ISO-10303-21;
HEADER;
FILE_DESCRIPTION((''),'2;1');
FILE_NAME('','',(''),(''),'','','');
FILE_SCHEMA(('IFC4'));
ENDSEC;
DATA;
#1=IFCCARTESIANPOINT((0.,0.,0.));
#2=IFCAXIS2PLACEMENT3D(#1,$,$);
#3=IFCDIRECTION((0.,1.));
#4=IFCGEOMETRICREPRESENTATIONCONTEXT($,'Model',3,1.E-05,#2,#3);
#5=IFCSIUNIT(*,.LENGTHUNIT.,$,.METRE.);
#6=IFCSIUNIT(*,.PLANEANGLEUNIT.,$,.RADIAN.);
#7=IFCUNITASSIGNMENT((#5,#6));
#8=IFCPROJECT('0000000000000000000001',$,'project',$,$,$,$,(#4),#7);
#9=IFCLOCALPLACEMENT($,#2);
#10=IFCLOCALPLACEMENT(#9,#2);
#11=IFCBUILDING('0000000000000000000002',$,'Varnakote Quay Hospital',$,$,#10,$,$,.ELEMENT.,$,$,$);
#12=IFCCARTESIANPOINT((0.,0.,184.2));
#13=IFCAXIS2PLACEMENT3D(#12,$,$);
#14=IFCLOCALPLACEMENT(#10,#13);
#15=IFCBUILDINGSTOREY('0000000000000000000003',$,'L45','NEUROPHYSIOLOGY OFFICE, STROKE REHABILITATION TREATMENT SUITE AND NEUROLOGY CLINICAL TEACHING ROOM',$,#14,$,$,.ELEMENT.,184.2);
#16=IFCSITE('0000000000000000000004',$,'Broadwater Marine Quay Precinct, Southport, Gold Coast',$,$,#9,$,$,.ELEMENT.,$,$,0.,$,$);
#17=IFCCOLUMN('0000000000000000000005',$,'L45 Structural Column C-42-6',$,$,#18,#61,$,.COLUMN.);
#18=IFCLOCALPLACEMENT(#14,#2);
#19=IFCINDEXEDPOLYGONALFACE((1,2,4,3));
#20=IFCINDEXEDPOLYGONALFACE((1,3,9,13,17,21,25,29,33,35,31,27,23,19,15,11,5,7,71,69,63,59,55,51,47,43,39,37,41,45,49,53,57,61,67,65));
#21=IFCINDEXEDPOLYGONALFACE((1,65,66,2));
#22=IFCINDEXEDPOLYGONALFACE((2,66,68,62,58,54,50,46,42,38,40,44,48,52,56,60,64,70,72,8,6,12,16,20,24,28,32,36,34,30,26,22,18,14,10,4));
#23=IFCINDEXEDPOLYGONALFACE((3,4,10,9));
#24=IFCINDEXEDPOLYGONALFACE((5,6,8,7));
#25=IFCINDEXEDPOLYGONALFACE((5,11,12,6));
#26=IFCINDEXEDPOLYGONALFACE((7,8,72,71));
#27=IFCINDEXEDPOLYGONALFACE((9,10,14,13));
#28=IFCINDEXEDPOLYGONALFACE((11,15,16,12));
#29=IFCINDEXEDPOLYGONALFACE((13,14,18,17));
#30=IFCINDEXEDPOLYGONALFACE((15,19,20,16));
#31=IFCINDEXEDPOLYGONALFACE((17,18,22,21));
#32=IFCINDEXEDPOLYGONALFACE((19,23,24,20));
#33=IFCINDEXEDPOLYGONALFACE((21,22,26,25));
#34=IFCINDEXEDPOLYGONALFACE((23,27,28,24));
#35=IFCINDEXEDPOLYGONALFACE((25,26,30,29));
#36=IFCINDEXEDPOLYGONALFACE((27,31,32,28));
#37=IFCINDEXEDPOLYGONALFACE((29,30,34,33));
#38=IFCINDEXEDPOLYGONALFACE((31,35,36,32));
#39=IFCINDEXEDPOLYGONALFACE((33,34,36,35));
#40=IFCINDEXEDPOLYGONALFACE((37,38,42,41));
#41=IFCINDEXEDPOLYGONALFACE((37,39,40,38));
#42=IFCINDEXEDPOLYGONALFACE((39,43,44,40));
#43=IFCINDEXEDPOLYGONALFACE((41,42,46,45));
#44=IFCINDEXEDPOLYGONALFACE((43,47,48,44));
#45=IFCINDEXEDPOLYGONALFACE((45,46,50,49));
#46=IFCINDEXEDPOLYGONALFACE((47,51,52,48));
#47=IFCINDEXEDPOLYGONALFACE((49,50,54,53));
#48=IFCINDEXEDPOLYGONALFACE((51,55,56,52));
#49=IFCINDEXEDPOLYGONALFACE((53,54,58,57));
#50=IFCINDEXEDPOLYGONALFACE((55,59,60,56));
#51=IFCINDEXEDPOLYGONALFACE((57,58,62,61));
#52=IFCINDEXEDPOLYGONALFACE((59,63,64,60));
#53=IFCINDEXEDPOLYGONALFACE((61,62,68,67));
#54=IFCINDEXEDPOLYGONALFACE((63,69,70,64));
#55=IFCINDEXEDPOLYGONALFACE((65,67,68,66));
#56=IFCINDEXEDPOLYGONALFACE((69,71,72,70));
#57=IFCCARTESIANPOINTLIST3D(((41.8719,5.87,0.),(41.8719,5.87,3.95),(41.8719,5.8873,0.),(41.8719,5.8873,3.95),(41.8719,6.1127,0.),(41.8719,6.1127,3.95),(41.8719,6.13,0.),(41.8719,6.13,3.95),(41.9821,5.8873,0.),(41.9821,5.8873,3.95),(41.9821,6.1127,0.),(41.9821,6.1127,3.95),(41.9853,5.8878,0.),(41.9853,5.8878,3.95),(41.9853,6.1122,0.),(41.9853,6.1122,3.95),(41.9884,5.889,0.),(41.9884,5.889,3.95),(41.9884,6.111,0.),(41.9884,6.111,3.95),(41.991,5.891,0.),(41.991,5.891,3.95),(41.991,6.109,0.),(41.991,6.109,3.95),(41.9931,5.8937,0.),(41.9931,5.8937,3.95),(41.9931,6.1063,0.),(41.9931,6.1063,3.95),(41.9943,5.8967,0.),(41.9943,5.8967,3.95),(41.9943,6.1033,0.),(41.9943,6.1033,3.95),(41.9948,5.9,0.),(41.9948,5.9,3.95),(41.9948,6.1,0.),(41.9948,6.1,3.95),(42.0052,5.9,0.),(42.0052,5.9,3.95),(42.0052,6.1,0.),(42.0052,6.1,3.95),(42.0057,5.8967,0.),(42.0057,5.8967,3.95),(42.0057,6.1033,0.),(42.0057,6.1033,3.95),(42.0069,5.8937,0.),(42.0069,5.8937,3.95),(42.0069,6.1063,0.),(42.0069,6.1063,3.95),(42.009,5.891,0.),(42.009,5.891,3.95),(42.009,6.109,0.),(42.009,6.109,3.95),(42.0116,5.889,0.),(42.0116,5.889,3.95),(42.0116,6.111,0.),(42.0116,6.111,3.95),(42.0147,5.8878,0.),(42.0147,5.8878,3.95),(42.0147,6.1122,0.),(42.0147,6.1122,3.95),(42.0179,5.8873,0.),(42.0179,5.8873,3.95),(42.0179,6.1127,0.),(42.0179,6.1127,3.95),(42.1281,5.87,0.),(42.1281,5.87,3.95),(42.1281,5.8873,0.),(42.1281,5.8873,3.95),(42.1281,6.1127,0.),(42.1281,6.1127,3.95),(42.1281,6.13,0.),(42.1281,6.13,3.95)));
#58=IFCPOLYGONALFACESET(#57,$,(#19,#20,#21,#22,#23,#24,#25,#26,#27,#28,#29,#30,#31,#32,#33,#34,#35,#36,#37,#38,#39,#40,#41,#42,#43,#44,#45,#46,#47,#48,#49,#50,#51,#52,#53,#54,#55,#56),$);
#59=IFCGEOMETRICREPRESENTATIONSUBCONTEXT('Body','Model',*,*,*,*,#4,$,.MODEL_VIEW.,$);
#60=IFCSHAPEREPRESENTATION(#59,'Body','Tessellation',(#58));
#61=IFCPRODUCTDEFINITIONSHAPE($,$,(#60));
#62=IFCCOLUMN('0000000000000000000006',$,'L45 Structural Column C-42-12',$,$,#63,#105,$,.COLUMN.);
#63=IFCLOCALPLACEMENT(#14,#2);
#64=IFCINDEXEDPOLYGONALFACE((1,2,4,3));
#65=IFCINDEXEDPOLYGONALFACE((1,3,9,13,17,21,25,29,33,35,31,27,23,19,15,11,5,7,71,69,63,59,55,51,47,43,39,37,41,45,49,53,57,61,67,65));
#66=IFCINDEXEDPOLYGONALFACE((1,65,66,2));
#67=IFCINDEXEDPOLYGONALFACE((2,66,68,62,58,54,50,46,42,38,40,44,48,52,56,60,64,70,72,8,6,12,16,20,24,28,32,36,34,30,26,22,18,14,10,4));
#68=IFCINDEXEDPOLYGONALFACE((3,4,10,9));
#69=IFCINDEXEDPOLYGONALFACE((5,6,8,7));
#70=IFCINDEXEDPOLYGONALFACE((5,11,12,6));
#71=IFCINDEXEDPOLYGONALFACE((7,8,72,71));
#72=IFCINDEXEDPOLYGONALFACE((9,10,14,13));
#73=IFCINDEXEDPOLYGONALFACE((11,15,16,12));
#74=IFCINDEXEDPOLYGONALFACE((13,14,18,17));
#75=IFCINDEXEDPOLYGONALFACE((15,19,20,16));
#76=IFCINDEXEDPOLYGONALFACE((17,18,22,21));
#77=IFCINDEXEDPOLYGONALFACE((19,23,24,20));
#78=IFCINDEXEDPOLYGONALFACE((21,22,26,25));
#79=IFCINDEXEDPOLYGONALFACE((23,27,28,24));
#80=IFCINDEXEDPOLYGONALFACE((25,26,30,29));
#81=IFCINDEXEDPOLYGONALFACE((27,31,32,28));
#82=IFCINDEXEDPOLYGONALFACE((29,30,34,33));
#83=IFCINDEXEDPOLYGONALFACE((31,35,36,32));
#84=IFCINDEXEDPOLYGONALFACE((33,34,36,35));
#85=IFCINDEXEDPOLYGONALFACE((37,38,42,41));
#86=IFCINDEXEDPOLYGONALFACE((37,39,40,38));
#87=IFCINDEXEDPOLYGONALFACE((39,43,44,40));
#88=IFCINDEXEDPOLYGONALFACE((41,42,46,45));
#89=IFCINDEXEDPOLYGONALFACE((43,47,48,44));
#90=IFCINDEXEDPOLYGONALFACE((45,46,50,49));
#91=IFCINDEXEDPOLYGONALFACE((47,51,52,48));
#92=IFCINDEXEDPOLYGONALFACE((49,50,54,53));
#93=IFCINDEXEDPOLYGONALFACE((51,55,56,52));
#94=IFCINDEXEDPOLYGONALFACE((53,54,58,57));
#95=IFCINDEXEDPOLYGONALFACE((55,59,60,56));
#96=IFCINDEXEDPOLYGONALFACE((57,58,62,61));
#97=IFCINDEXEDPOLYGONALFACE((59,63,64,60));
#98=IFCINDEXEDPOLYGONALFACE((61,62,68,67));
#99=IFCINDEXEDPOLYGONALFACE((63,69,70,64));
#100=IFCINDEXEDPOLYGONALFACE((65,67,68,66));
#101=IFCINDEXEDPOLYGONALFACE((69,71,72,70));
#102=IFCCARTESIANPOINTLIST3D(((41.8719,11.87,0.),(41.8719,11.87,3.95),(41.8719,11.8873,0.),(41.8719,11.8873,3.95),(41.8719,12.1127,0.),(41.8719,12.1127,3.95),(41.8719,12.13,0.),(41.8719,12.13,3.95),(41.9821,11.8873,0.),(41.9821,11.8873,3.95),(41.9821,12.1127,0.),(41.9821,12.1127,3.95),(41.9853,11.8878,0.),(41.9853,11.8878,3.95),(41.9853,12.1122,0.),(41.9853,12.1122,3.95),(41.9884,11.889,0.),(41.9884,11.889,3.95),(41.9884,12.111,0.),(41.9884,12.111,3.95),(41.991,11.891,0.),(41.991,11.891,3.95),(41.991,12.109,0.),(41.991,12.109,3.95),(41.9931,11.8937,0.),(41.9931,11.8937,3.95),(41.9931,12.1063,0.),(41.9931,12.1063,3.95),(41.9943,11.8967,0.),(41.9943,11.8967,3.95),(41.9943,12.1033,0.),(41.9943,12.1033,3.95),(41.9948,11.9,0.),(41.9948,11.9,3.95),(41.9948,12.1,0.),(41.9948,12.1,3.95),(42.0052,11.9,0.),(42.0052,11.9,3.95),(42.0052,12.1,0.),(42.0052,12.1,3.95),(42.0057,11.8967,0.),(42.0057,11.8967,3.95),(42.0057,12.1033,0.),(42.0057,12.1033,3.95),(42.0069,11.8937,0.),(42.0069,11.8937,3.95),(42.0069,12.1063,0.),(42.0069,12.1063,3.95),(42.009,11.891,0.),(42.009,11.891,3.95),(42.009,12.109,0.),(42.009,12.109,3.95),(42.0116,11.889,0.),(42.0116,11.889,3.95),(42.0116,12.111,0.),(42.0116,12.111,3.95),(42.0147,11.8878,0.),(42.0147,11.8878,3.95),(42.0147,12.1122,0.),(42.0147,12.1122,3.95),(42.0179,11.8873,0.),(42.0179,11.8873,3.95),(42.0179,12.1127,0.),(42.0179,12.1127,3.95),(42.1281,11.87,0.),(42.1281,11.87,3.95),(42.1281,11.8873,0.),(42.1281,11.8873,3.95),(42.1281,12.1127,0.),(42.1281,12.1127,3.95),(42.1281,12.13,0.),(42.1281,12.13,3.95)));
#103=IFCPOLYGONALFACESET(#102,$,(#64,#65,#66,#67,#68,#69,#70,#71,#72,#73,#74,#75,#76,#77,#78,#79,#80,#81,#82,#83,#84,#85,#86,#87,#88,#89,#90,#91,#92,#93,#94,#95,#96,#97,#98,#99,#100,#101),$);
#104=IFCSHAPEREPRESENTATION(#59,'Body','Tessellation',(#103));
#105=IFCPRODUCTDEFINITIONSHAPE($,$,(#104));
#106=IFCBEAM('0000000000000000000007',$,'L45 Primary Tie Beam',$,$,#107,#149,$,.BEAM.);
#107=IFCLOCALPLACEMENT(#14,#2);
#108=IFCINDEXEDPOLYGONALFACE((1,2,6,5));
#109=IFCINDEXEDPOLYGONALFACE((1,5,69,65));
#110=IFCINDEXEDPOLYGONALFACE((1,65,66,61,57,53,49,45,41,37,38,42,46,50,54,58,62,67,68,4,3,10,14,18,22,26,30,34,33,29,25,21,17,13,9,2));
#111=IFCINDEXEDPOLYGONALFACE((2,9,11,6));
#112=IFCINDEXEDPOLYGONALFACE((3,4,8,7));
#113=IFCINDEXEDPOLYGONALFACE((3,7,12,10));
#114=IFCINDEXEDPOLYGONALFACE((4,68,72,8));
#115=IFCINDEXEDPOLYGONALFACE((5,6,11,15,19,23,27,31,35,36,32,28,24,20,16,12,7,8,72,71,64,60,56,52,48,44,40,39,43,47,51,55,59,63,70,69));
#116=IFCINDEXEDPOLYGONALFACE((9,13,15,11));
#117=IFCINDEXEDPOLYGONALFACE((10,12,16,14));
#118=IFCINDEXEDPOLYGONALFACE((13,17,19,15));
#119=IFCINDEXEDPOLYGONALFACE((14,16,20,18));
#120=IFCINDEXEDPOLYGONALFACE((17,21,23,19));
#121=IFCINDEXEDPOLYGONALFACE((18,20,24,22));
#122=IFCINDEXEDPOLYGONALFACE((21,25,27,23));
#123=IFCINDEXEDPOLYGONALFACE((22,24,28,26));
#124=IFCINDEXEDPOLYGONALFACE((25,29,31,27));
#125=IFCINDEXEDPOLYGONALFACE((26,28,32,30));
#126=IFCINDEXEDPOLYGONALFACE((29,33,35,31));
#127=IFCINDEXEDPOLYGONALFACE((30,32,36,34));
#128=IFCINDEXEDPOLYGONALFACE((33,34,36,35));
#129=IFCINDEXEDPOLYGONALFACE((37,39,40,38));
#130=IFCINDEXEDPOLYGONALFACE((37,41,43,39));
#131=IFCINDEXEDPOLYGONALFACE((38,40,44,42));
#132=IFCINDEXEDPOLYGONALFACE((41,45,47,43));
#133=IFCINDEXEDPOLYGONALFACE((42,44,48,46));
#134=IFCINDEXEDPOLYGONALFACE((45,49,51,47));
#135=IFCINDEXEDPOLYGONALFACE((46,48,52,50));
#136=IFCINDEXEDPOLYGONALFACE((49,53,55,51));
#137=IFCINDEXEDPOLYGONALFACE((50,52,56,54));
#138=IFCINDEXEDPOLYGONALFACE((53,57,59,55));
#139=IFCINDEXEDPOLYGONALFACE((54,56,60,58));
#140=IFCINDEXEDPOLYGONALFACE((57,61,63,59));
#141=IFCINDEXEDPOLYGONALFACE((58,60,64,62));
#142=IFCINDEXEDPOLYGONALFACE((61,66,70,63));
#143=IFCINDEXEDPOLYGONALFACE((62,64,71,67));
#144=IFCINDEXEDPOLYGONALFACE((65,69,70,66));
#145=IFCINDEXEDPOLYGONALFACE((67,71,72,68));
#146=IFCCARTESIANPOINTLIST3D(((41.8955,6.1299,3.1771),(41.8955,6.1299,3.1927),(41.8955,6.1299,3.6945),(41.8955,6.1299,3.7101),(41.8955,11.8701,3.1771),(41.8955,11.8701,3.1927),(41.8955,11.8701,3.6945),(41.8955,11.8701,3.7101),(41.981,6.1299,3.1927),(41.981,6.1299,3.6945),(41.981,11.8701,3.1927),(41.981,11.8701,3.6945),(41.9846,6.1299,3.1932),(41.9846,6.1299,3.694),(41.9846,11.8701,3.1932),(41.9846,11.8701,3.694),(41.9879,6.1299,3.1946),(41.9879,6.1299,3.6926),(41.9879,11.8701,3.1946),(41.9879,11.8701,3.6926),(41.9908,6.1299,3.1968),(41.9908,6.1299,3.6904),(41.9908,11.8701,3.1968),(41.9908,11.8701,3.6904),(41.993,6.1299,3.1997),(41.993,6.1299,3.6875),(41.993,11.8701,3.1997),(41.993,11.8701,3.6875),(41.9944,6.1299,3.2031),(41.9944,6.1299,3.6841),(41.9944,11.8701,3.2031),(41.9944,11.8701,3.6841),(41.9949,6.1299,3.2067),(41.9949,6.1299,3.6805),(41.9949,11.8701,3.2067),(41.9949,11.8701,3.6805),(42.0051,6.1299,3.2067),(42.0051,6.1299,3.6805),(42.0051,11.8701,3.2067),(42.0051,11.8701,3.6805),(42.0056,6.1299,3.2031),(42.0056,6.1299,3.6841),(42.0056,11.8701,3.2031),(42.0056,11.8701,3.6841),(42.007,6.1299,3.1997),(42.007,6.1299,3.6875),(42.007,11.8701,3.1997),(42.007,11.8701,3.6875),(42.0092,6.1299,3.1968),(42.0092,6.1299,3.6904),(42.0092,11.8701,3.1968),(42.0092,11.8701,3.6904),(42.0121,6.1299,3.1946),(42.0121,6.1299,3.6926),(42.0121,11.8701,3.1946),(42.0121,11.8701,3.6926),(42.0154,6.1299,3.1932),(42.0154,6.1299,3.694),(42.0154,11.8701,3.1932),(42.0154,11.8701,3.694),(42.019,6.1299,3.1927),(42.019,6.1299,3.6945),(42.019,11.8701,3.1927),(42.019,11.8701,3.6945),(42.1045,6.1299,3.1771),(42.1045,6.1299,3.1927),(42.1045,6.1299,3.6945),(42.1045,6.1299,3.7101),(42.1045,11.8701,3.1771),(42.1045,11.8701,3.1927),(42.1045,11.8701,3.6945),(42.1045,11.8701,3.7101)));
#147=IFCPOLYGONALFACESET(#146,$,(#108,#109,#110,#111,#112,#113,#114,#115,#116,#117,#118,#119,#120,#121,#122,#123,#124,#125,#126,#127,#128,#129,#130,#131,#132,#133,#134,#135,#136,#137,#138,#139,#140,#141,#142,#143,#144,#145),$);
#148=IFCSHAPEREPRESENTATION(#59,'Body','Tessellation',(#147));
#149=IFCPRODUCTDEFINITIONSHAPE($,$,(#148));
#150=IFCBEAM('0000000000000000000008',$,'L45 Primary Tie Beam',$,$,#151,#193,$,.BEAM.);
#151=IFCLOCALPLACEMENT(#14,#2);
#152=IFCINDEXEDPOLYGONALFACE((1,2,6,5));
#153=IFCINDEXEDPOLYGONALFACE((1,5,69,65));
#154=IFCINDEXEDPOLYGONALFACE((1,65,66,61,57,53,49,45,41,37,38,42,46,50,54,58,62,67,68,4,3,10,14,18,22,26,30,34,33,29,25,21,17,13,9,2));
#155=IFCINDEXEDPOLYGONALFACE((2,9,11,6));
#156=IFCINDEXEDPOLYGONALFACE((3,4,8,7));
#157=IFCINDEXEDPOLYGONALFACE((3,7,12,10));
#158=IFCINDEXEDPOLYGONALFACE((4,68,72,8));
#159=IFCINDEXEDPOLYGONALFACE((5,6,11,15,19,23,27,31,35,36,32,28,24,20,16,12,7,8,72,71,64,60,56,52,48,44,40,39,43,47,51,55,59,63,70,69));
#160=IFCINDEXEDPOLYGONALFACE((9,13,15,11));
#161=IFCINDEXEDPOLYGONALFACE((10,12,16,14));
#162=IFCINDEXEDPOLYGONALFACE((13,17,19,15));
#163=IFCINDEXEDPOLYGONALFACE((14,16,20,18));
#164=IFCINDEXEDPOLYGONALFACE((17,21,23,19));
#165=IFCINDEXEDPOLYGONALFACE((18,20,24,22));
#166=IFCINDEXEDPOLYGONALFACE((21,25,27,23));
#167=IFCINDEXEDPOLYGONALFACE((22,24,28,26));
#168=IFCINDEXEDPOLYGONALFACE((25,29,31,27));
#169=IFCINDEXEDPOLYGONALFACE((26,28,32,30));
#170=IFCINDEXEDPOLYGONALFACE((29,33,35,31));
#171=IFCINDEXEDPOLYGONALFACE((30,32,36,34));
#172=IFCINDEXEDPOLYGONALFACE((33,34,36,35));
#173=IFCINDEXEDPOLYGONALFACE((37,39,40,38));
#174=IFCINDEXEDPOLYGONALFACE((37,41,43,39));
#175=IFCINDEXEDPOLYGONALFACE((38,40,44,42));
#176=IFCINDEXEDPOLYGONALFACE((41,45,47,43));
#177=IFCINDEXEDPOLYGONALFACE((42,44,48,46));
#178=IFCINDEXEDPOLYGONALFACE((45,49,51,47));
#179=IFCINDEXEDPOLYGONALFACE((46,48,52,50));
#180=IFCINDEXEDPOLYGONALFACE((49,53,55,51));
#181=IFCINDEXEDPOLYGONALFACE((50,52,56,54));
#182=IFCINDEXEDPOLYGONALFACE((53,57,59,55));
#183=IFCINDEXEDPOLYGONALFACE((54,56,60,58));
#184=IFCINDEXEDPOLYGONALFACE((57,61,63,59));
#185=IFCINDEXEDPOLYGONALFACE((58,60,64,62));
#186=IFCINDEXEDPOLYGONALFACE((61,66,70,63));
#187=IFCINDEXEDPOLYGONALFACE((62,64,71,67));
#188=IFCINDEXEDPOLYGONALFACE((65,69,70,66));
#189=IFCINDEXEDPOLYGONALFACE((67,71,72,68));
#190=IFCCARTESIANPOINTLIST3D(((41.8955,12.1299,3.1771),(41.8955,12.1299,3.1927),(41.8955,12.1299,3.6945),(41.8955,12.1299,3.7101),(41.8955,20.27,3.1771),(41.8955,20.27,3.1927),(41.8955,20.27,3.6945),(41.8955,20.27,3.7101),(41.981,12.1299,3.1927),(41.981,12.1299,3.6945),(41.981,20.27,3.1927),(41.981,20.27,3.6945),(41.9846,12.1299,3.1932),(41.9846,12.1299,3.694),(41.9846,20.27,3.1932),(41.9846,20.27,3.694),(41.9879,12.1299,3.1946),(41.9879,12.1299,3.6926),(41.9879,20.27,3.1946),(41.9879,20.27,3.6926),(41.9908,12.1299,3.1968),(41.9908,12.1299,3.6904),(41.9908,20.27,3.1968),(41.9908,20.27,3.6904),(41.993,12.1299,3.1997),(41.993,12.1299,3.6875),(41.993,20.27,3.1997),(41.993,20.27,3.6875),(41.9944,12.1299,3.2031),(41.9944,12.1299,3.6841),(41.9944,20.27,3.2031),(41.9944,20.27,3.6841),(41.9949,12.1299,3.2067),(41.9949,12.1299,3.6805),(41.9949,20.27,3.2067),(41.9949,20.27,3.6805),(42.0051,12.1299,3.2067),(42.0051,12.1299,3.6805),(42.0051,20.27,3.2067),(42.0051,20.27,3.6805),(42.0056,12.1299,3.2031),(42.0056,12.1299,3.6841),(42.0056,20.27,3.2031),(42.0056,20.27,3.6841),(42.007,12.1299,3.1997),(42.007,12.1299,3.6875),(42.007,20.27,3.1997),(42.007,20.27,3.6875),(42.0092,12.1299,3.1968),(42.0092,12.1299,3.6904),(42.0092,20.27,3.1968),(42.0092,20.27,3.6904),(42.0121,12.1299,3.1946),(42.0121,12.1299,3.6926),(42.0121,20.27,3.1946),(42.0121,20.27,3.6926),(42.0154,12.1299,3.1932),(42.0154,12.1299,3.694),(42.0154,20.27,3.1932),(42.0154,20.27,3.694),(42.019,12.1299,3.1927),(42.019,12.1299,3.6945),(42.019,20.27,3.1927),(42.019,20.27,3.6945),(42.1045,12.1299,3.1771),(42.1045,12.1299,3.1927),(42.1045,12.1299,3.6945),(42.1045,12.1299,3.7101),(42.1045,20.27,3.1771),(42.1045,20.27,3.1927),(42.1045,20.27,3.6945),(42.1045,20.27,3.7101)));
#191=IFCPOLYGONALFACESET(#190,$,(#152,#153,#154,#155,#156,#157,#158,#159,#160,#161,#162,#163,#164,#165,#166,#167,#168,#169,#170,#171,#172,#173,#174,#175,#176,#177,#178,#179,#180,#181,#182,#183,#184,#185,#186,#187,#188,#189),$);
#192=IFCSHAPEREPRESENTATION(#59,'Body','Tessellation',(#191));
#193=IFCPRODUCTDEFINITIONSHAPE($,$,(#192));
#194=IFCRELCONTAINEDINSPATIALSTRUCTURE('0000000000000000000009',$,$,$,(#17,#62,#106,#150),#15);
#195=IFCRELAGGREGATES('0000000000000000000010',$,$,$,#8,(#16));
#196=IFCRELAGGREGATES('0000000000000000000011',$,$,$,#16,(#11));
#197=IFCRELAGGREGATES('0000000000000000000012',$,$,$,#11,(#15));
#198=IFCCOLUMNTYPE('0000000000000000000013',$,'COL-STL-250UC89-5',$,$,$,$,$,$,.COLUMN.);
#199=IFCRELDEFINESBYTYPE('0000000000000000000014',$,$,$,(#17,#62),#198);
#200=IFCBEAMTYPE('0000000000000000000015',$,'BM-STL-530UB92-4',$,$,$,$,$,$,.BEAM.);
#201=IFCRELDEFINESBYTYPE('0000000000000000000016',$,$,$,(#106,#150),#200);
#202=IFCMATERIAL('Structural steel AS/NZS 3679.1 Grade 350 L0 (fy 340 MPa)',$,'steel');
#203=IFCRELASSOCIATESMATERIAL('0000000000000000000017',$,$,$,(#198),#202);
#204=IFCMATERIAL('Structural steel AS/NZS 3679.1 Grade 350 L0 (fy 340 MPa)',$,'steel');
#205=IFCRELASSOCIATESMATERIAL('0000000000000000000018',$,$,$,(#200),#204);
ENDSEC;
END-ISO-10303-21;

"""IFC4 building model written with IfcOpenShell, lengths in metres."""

from ifc_helpers import new_model, si_unit, direction, frame, origin, origin_2d, place, context, subcontext, project, spatial, i_section, extrude, material, material_profile, profile_set, type_object, element, save


model = new_model("IFC4")

# Units and contexts
model_context = context("Model", 3, precision=1e-05, world=origin(), true_north=direction((0.0, 1.0)))
body_context = subcontext(model_context, "Body", "Model", "MODEL_VIEW")
ifc_project = project(units=[si_unit("LENGTHUNIT", "METRE"), si_unit("PLANEANGLEUNIT", "RADIAN")], contexts=[model_context])

# Site, building, storey
site_placement = place(None, origin())
site = spatial("IfcSite", under=ifc_project, at=site_placement, Name="Broadwater Marine Quay Precinct, Southport, Gold Coast", CompositionType="ELEMENT", RefElevation=0.0)
building_placement = place(site_placement, origin())
building = spatial("IfcBuilding", under=site, at=building_placement, Name="Varnakote Quay Hospital", CompositionType="ELEMENT")
storey_placement = place(building_placement, frame((0.0, 0.0, 184.2)))
storey = spatial("IfcBuildingStorey", under=building, at=storey_placement, Name="L45", Description="NEUROPHYSIOLOGY OFFICE, STROKE REHABILITATION TREATMENT SUITE AND NEUROLOGY CLINICAL TEACHING ROOM", CompositionType="ELEMENT", Elevation=184.2)

# Columns
ifc_material_1 = material(Name="Structural steel AS/NZS 3679.1 Grade 350 L0 (fy 340 MPa)", Category="steel")
ifc_material_profile_1 = material_profile(ifc_material_1, i_section(OverallWidth=0.2561, OverallDepth=0.26, WebThickness=0.0105, FlangeThickness=0.0173, FilletRadius=0.0127, at=origin_2d()), Name="250UC89.5")
ifc_profile_set_1 = profile_set([ifc_material_profile_1], Name="Structural steel AS/NZS 3679.1 Grade 350 L0 (fy 340 MPa)")
column_type = type_object("IfcColumnType", Name="COL-STL-250UC89-5", PredefinedType="COLUMN", material=ifc_profile_set_1)
for number, where, z_axis, x_axis, name in (
    (1, (42.0, 6.0, 0.0), (0.0, 0.0, 1.0), (1.0, 0.0, 0.0), "L45 Structural Column C-42-6"),
    (2, (42.0, 12.0, 0.0), (0.0, 0.0, 1.0), (1.0, 0.0, 0.0), "L45 Structural Column C-42-12"),
):
    element("IfcColumn", number, at=place(storey_placement, frame(where, z_axis=z_axis, x_axis=x_axis)), inside=storey, type_object=column_type, Name=name, PredefinedType="COLUMN", context=body_context, shape_type="SweptSolid", body=[
        extrude(i_section(OverallWidth=0.2561, OverallDepth=0.26, WebThickness=0.0105, FlangeThickness=0.0173, FilletRadius=0.0127, at=origin_2d()), origin(), (0.0, 0.0, 1.0), 3.95),
    ])

# Beams
ifc_material_2 = material(Name="Structural steel AS/NZS 3679.1 Grade 350 L0 (fy 340 MPa)", Category="steel")
ifc_material_profile_2 = material_profile(ifc_material_2, i_section(OverallWidth=0.209, OverallDepth=0.533, WebThickness=0.0103, FlangeThickness=0.0156, FilletRadius=0.0139, at=origin_2d()), Name="530UB92.4")
ifc_profile_set_2 = profile_set([ifc_material_profile_2], Name="Structural steel AS/NZS 3679.1 Grade 350 L0 (fy 340 MPa)")
beam_type = type_object("IfcBeamType", Name="BM-STL-530UB92-4", PredefinedType="BEAM", material=ifc_profile_set_2)
beam_1_placement = place(storey_placement, frame((42.0, 6.1299, 3.4436), z_axis=(0.0, 1.0, 0.0), x_axis=(-1.0, 0.0, 0.0)))
element("IfcBeam", 3, at=beam_1_placement, inside=storey, type_object=beam_type, Name="L45 Primary Tie Beam", PredefinedType="BEAM", context=body_context, shape_type="SweptSolid", body=[
    extrude(i_section(OverallWidth=0.209, OverallDepth=0.533, WebThickness=0.0103, FlangeThickness=0.0156, FilletRadius=0.0139, at=origin_2d()), origin(), (0.0, 0.0, 1.0), 5.7402),
])
beam_2_placement = place(storey_placement, frame((42.0, 12.1299, 3.4436), z_axis=(0.0, 1.0, 0.0), x_axis=(-1.0, 0.0, 0.0)))
element("IfcBeam", 4, at=beam_2_placement, inside=storey, type_object=beam_type, Name="L45 Primary Tie Beam", PredefinedType="BEAM", context=body_context, shape_type="SweptSolid", body=[
    extrude(i_section(OverallWidth=0.209, OverallDepth=0.533, WebThickness=0.0103, FlangeThickness=0.0156, FilletRadius=0.0139, at=origin_2d()), origin(), (0.0, 0.0, 1.0), 8.1401),
])

save(model, "model.ifc")
